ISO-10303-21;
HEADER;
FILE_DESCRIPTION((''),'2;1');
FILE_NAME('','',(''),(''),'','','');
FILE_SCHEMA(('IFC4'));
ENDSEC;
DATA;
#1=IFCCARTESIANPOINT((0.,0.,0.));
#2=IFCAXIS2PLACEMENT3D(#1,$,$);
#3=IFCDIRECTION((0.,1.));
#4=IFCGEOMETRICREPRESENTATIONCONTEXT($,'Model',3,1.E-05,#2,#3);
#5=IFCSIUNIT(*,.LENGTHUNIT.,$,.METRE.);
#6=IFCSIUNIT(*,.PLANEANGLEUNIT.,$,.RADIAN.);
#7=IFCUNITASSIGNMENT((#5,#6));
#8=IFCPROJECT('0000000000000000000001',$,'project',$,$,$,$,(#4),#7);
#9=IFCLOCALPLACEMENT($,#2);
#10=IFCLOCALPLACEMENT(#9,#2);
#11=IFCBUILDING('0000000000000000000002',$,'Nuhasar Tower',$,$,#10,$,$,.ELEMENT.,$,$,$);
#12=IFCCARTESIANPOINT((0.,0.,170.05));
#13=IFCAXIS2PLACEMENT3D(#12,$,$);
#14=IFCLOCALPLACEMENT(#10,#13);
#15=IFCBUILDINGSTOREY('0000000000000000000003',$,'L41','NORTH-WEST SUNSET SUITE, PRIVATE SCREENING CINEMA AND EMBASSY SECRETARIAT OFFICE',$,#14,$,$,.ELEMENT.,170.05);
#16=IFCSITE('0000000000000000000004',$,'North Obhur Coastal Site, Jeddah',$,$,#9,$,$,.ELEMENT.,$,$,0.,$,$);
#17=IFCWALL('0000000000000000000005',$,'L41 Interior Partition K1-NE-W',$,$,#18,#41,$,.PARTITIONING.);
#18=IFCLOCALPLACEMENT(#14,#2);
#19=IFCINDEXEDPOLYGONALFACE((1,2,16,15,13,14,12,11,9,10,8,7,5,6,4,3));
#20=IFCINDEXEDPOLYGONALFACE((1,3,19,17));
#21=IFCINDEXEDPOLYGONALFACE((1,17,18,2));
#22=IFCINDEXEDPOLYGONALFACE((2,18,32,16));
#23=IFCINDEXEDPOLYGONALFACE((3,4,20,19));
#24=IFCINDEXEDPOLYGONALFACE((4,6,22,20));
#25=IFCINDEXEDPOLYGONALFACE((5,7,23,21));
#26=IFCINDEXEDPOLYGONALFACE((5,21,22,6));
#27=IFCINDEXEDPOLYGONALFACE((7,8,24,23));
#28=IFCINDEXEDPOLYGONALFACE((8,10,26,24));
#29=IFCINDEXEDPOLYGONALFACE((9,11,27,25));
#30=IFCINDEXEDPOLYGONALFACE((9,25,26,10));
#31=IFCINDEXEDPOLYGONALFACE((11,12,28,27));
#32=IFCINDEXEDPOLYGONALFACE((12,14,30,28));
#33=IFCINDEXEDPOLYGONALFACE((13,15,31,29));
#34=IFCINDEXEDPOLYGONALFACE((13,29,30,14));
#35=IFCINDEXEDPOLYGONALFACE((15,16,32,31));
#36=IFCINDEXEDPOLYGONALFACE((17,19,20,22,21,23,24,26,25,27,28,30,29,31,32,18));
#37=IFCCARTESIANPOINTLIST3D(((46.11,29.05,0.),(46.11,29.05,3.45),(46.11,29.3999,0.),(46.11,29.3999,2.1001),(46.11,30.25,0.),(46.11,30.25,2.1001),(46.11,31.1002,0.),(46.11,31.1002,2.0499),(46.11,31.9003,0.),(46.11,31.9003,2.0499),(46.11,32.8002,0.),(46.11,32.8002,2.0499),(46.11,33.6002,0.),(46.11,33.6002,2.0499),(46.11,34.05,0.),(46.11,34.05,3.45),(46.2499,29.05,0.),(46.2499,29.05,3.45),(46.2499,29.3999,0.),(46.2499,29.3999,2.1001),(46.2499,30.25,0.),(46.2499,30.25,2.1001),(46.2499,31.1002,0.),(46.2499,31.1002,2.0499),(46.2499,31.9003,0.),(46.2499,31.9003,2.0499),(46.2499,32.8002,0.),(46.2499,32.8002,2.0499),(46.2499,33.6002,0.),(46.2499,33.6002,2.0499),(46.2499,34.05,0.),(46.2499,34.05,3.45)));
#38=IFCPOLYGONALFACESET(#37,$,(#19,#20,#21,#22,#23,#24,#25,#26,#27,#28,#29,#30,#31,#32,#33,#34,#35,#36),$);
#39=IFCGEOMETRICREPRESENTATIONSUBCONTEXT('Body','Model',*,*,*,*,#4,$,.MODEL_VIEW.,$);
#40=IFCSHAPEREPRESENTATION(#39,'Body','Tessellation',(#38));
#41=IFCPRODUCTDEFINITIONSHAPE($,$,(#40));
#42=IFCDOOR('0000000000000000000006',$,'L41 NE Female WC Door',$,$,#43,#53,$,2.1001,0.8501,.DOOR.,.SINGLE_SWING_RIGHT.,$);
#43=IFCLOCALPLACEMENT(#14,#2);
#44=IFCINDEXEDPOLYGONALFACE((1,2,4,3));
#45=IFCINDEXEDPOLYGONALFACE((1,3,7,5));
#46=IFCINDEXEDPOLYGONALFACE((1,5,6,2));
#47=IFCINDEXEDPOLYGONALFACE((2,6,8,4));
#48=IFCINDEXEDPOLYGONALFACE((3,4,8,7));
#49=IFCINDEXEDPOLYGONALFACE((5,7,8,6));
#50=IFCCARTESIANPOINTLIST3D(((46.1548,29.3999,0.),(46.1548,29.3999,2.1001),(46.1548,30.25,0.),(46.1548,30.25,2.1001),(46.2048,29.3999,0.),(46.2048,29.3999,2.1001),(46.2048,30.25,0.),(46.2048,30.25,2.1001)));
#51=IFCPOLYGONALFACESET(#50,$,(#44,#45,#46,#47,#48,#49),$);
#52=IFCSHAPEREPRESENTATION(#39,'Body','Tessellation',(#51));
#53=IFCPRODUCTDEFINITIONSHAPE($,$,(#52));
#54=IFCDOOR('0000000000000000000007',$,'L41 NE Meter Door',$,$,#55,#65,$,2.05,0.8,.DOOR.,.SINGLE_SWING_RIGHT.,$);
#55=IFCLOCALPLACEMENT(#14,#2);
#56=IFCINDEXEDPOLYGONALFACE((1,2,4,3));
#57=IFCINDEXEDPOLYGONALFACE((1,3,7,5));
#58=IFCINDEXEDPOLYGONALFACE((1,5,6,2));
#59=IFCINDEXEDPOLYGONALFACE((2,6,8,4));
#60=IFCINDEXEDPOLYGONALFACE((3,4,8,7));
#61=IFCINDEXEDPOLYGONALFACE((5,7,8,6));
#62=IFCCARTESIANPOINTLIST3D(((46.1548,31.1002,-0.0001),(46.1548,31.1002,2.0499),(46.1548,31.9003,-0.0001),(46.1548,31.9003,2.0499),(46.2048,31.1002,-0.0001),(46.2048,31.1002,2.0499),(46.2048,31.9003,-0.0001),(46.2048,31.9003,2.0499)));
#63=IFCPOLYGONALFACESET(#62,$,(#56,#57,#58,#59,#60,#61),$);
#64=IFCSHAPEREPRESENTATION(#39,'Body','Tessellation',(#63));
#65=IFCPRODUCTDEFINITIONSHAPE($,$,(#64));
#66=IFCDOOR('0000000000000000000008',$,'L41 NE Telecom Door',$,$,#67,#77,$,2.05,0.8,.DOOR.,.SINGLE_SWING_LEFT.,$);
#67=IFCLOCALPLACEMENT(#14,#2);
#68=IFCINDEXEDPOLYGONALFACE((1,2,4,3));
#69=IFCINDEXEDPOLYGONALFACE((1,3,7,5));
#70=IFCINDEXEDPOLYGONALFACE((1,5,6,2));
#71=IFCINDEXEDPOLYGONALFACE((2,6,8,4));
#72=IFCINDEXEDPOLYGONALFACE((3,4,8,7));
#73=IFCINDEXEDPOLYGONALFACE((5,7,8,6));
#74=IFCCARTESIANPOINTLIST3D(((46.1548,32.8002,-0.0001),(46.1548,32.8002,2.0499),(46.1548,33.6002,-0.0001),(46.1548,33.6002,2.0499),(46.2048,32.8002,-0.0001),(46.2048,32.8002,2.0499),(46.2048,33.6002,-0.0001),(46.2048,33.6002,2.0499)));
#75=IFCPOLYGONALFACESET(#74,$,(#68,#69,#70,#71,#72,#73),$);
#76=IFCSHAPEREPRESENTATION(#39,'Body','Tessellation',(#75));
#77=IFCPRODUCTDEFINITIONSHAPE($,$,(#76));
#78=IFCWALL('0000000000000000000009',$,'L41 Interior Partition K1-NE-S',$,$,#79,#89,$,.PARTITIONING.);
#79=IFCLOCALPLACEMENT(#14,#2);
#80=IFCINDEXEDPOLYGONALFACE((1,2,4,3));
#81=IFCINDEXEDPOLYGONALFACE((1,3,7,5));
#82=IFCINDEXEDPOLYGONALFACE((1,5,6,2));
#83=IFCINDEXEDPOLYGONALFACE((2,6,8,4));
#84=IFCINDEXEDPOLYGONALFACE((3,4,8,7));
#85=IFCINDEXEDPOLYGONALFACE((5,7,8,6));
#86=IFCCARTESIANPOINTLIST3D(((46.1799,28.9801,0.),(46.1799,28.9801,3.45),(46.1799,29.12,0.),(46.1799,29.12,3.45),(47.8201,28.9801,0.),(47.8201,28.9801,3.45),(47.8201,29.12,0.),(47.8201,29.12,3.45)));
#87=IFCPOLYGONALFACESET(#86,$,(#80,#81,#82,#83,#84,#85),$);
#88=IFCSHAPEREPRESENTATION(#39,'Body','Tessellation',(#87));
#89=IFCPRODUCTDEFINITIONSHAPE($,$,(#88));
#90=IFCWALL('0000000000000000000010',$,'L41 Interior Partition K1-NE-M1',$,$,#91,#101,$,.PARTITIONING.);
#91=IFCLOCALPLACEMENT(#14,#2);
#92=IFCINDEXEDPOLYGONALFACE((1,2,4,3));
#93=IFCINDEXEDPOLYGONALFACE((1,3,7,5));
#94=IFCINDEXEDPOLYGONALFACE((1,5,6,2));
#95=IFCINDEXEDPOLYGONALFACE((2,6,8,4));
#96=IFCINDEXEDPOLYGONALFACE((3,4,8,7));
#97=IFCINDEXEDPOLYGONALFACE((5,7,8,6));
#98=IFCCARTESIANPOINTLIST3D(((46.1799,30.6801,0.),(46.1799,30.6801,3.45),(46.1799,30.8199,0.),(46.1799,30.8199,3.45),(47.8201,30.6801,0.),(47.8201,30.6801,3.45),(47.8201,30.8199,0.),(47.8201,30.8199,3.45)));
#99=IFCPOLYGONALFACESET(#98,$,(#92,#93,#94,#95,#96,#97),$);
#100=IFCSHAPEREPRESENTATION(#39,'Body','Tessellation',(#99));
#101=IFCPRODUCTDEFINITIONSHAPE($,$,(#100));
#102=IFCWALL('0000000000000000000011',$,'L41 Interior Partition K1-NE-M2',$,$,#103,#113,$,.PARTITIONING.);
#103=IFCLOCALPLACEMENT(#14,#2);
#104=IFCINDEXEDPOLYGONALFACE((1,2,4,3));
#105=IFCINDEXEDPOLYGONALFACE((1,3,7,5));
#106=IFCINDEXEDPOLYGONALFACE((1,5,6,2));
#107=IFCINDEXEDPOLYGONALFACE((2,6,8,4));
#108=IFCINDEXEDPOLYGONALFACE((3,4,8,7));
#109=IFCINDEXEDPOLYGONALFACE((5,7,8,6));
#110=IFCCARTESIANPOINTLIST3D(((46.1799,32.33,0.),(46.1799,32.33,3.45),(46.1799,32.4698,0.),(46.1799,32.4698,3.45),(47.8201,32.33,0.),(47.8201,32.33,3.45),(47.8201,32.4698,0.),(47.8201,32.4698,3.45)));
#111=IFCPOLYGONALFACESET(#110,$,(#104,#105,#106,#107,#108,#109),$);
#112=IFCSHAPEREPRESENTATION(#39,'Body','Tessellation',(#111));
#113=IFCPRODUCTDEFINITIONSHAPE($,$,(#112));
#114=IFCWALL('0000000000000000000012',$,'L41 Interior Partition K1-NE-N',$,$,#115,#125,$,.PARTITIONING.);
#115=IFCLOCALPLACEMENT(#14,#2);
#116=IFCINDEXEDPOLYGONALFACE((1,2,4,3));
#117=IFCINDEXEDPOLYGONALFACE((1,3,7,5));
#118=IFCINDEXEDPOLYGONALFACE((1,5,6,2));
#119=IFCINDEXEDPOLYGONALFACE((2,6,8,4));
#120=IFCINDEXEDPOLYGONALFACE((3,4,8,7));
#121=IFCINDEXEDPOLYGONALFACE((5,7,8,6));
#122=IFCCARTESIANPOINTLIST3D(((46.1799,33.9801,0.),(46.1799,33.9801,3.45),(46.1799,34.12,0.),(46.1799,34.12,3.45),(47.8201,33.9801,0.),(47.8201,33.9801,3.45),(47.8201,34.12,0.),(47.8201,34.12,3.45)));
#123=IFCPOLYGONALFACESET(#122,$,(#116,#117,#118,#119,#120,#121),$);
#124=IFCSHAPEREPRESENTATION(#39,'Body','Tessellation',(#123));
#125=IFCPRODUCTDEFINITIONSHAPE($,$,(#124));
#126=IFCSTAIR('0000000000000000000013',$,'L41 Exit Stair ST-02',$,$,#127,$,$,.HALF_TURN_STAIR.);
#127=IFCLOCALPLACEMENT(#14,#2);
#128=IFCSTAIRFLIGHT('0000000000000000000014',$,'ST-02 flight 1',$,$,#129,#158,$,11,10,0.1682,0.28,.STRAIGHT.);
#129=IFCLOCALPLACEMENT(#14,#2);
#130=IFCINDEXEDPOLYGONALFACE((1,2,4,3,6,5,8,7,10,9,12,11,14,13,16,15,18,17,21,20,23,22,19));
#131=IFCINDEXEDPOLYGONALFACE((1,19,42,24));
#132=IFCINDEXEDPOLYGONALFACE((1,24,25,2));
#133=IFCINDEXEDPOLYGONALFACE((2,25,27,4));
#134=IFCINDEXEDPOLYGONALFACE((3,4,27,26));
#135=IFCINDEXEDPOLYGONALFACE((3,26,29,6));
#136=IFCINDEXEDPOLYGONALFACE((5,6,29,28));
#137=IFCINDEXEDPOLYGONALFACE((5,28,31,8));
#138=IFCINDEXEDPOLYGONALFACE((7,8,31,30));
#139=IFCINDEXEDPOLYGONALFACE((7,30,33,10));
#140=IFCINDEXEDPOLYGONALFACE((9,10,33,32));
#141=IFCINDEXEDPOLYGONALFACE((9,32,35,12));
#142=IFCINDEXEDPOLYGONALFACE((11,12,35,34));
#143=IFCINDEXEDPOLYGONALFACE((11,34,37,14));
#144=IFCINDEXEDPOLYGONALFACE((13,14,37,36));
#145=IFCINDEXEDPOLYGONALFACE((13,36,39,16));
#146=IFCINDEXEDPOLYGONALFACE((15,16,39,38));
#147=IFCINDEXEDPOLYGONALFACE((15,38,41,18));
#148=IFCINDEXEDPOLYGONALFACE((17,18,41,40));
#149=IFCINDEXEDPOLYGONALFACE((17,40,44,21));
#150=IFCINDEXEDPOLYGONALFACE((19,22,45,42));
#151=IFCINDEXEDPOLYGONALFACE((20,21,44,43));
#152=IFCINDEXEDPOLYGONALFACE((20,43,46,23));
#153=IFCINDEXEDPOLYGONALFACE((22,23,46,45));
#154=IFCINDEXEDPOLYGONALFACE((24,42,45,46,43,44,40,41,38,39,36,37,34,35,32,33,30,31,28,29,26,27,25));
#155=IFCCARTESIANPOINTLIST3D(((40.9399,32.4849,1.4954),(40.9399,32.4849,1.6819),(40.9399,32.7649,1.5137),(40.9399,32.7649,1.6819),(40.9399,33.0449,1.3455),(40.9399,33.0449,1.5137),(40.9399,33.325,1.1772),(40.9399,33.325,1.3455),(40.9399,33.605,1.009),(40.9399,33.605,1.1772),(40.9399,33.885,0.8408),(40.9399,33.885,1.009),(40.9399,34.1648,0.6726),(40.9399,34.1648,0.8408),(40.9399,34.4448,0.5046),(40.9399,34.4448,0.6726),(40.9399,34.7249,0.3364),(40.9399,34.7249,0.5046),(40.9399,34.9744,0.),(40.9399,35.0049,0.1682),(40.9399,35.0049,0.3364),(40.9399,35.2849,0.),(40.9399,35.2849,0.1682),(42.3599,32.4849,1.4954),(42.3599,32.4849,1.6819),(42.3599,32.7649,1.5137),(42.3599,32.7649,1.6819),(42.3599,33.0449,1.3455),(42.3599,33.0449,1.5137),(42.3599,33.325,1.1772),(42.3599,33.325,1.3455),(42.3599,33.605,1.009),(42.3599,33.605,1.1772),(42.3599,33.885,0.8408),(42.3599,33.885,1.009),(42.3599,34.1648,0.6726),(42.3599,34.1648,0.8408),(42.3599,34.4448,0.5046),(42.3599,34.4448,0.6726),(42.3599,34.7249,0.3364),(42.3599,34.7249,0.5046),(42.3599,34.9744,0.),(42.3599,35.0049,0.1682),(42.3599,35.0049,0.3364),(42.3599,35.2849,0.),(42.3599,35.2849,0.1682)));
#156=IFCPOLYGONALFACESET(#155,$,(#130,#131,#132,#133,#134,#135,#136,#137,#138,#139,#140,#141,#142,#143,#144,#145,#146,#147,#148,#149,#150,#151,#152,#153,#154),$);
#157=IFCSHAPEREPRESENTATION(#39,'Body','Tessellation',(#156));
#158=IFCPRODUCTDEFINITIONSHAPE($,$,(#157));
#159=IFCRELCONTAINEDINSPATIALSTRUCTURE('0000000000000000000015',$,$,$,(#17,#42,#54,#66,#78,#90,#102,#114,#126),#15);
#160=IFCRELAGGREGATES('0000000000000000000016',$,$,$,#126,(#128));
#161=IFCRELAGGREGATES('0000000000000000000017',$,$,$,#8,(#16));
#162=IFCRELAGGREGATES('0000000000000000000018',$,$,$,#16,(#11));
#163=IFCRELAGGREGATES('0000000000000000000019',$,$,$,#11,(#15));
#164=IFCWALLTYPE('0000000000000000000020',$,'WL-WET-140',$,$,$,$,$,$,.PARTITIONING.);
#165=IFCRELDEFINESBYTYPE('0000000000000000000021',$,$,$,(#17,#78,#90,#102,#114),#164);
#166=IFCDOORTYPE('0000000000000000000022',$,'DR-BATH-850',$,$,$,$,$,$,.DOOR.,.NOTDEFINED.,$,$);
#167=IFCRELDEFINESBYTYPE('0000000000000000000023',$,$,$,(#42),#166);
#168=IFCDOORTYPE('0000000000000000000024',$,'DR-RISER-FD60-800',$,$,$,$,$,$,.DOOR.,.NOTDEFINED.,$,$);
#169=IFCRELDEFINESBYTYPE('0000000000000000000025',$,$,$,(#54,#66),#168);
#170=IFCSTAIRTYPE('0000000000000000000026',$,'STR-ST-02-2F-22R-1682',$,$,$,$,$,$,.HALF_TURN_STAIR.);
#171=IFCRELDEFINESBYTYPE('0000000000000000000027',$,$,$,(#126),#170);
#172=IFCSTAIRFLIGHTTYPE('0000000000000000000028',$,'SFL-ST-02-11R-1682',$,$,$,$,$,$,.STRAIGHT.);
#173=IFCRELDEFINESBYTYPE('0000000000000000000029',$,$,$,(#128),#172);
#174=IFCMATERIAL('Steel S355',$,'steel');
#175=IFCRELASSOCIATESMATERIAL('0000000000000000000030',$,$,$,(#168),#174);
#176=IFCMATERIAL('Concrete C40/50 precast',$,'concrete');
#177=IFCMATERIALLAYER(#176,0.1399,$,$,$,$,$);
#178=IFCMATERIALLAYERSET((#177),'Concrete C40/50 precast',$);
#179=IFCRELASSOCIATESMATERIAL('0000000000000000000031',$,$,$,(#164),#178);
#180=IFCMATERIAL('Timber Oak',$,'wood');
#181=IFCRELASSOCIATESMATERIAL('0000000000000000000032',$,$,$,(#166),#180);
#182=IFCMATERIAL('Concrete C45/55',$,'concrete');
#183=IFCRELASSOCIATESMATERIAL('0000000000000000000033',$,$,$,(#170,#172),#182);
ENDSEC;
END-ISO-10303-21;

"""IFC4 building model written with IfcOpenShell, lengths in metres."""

from ifc_helpers import new_model, si_unit, direction, frame, frame_2d, origin, place, context, subcontext, project, spatial, polyline, rectangle, outline, extrude, material, layer, layer_set, type_object, element, fill, aggregate, save


model = new_model("IFC4")

# Units and contexts
model_context = context("Model", 3, precision=1e-05, world=origin(), true_north=direction((0.0, 1.0)))
body_context = subcontext(model_context, "Body", "Model", "MODEL_VIEW")
ifc_project = project(units=[si_unit("LENGTHUNIT", "METRE"), si_unit("PLANEANGLEUNIT", "RADIAN")], contexts=[model_context])

# Site, building, storey
site_placement = place(None, origin())
site = spatial("IfcSite", under=ifc_project, at=site_placement, Name="North Obhur Coastal Site, Jeddah", CompositionType="ELEMENT", RefElevation=0.0)
building_placement = place(site_placement, origin())
building = spatial("IfcBuilding", under=site, at=building_placement, Name="Nuhasar Tower", CompositionType="ELEMENT")
storey_placement = place(building_placement, frame((0.0, 0.0, 170.05)))
storey = spatial("IfcBuildingStorey", under=building, at=storey_placement, Name="L41", Description="NORTH-WEST SUNSET SUITE, PRIVATE SCREENING CINEMA AND EMBASSY SECRETARIAT OFFICE", CompositionType="ELEMENT", Elevation=170.05)

# Shared definitions
ifc_material_1 = material(Name="Steel S355", Category="steel")

# Shared definitions
ifc_material_2 = material(Name="Concrete C45/55", Category="concrete")

# Shared definitions
door_type_1 = type_object("IfcDoorType", Name="DR-RISER-FD60-800", OperationType="NOTDEFINED", PredefinedType="DOOR", material=ifc_material_1)

# Shared definitions
ifc_material_3 = material(Name="Concrete C40/50 precast", Category="concrete")
ifc_layer_1 = layer(ifc_material_3, 0.1399)
ifc_layer_set_1 = layer_set([ifc_layer_1], Name="Concrete C40/50 precast")
wall_type_1 = type_object("IfcWallType", Name="WL-WET-140", PredefinedType="PARTITIONING", material=ifc_layer_set_1)

# Wall, openings, doors
wall_1_placement = place(storey_placement, frame((46.1799, 34.05, 0.0), z_axis=(0.0, 0.0, 1.0), x_axis=(0.0, -1.0, 0.0)))
wall_1 = element("IfcWall", 1, at=wall_1_placement, inside=storey, type_object=wall_type_1, Name="L41 Interior Partition K1-NE-W", PredefinedType="PARTITIONING", context=body_context, shape_type="SweptSolid", body=[
    extrude(rectangle(XDim=5.0, YDim=0.1399, at=frame_2d((2.5, 0.0))), origin(), (0.0, 0.0, 1.0), 3.45),
])
opening_1_placement = place(wall_1_placement, frame((3.8, 0.0, 0.0)))
opening_1 = element("IfcOpeningElement", 2, at=opening_1_placement, cuts=wall_1, PredefinedType="OPENING", context=body_context, shape_type="SweptSolid", body=[
    extrude(rectangle(XDim=0.8501, YDim=2.1001, at=frame_2d((0.425, 1.05))), frame((0.0, 0.0801, 0.0), z_axis=(0.0, -1.0, 0.0), x_axis=(1.0, 0.0, 0.0)), (0.0, 0.0, 1.0), 0.1599),
])
opening_2_placement = place(wall_1_placement, frame((2.1499, 0.0, 0.0)))
opening_2 = element("IfcOpeningElement", 3, at=opening_2_placement, cuts=wall_1, PredefinedType="OPENING", context=body_context, shape_type="SweptSolid", body=[
    extrude(rectangle(XDim=0.8, YDim=2.05, at=frame_2d((0.3999, 1.0249))), frame((0.0, 0.0801, 0.0), z_axis=(0.0, -1.0, 0.0), x_axis=(1.0, 0.0, 0.0)), (0.0, 0.0, 1.0), 0.1599),
])
opening_3_placement = place(wall_1_placement, frame((0.45, 0.0, 0.0)))
opening_3 = element("IfcOpeningElement", 4, at=opening_3_placement, cuts=wall_1, PredefinedType="OPENING", context=body_context, shape_type="SweptSolid", body=[
    extrude(rectangle(XDim=0.8, YDim=2.05, at=frame_2d((0.3999, 1.0249))), frame((0.0, 0.0801, 0.0), z_axis=(0.0, -1.0, 0.0), x_axis=(1.0, 0.0, 0.0)), (0.0, 0.0, 1.0), 0.1599),
])
ifc_material_4 = material(Name="Timber Oak", Category="wood")
door_type_2 = type_object("IfcDoorType", Name="DR-BATH-850", OperationType="NOTDEFINED", PredefinedType="DOOR", material=ifc_material_4)
door_1_placement = place(opening_1_placement, origin())
door_1 = element("IfcDoor", 5, at=door_1_placement, inside=storey, type_object=door_type_2, Name="L41 NE Female WC Door", OperationType="SINGLE_SWING_RIGHT", OverallHeight=2.1001, OverallWidth=0.8501, PredefinedType="DOOR", context=body_context, shape_type="SweptSolid", body=[
    extrude(rectangle(XDim=0.8501, YDim=2.1001, at=frame_2d((0.425, 1.05))), frame((0.0, 0.0249, 0.0), z_axis=(0.0, -1.0, 0.0), x_axis=(1.0, 0.0, 0.0)), (0.0, 0.0, 1.0), 0.05),
])
fill(opening_1, door_1)
door_2_placement = place(opening_2_placement, origin())
door_2 = element("IfcDoor", 6, at=door_2_placement, inside=storey, type_object=door_type_1, Name="L41 NE Meter Door", OperationType="SINGLE_SWING_RIGHT", OverallHeight=2.05, OverallWidth=0.8, PredefinedType="DOOR", context=body_context, shape_type="SweptSolid", body=[
    extrude(rectangle(XDim=0.8, YDim=2.05, at=frame_2d((0.3999, 1.0249))), frame((0.0, 0.0249, 0.0), z_axis=(0.0, -1.0, 0.0), x_axis=(1.0, 0.0, 0.0)), (0.0, 0.0, 1.0), 0.05),
])
fill(opening_2, door_2)
door_3_placement = place(opening_3_placement, origin())
door_3 = element("IfcDoor", 7, at=door_3_placement, inside=storey, type_object=door_type_1, Name="L41 NE Telecom Door", OperationType="SINGLE_SWING_LEFT", OverallHeight=2.05, OverallWidth=0.8, PredefinedType="DOOR", context=body_context, shape_type="SweptSolid", body=[
    extrude(rectangle(XDim=0.8, YDim=2.05, at=frame_2d((0.3999, 1.0249))), frame((0.0, 0.0249, 0.0), z_axis=(0.0, -1.0, 0.0), x_axis=(1.0, 0.0, 0.0)), (0.0, 0.0, 1.0), 0.05),
])
fill(opening_3, door_3)

# Walls
for number, where, z_axis, x_axis, name in (
    (8, (46.1799, 29.05, 0.0), (0.0, 0.0, 1.0), (1.0, 0.0, 0.0), "L41 Interior Partition K1-NE-S"),
    (9, (46.1799, 30.75, 0.0), (0.0, 0.0, 1.0), (1.0, 0.0, 0.0), "L41 Interior Partition K1-NE-M1"),
    (10, (46.1799, 32.3999, 0.0), (0.0, 0.0, 1.0), (1.0, 0.0, 0.0), "L41 Interior Partition K1-NE-M2"),
    (11, (46.1799, 34.05, 0.0), (0.0, 0.0, 1.0), (1.0, 0.0, 0.0), "L41 Interior Partition K1-NE-N"),
):
    element("IfcWall", number, at=place(storey_placement, frame(where, z_axis=z_axis, x_axis=x_axis)), inside=storey, type_object=wall_type_1, Name=name, PredefinedType="PARTITIONING", context=body_context, shape_type="SweptSolid", body=[
        extrude(rectangle(XDim=1.6401, YDim=0.1399, at=frame_2d((0.8201, 0.0))), origin(), (0.0, 0.0, 1.0), 3.45),
    ])

# Stair, stair flight
stair_type_1 = type_object("IfcStairType", Name="STR-ST-02-2F-22R-1682", PredefinedType="HALF_TURN_STAIR", material=ifc_material_2)
stair_1_placement = place(storey_placement, origin())
stair_1 = element("IfcStair", 12, at=stair_1_placement, inside=storey, type_object=stair_type_1, Name="L41 Exit Stair ST-02", PredefinedType="HALF_TURN_STAIR")
stair_flight_type_1 = type_object("IfcStairFlightType", Name="SFL-ST-02-11R-1682", PredefinedType="STRAIGHT", material=ifc_material_2)
stair_flight_1_placement = place(storey_placement, frame((41.6499, 35.2849, 0.0), z_axis=(0.0, 0.0, 1.0), x_axis=(0.0, -1.0, 0.0)))
stair_flight_1 = element("IfcStairFlight", 13, at=stair_flight_1_placement, type_object=stair_flight_type_1, Name="ST-02 flight 1", NumberOfRisers=11, NumberOfTreads=10, PredefinedType="STRAIGHT", RiserHeight=0.1682, TreadLength=0.28, context=body_context, shape_type="SweptSolid", body=[
    extrude(outline(polyline([(0.0, 0.0), (0.0, 0.1682), (0.28, 0.1682), (0.28, 0.3364), (0.5601, 0.3364), (0.5601, 0.5046), (0.8401, 0.5046), (0.8401, 0.6726), (1.1201, 0.6726), (1.1201, 0.8408), (1.3999, 0.8408), (1.3999, 1.009), (1.6799, 1.009), (1.6799, 1.1772), (1.96, 1.1772), (1.96, 1.3455), (2.24, 1.3455), (2.24, 1.5137), (2.52, 1.5137), (2.52, 1.6819), (2.8, 1.6819), (2.8, 1.8501), (2.8, 1.4954), (0.3105, 0.0), (0.0, 0.0)])), frame((0.0, 0.71, 0.0), z_axis=(0.0, -1.0, 0.0), x_axis=(1.0, 0.0, 0.0)), (0.0, 0.0, 1.0), 1.4199),
])
aggregate(stair_1, [stair_flight_1])

save(model, "model.ifc")
